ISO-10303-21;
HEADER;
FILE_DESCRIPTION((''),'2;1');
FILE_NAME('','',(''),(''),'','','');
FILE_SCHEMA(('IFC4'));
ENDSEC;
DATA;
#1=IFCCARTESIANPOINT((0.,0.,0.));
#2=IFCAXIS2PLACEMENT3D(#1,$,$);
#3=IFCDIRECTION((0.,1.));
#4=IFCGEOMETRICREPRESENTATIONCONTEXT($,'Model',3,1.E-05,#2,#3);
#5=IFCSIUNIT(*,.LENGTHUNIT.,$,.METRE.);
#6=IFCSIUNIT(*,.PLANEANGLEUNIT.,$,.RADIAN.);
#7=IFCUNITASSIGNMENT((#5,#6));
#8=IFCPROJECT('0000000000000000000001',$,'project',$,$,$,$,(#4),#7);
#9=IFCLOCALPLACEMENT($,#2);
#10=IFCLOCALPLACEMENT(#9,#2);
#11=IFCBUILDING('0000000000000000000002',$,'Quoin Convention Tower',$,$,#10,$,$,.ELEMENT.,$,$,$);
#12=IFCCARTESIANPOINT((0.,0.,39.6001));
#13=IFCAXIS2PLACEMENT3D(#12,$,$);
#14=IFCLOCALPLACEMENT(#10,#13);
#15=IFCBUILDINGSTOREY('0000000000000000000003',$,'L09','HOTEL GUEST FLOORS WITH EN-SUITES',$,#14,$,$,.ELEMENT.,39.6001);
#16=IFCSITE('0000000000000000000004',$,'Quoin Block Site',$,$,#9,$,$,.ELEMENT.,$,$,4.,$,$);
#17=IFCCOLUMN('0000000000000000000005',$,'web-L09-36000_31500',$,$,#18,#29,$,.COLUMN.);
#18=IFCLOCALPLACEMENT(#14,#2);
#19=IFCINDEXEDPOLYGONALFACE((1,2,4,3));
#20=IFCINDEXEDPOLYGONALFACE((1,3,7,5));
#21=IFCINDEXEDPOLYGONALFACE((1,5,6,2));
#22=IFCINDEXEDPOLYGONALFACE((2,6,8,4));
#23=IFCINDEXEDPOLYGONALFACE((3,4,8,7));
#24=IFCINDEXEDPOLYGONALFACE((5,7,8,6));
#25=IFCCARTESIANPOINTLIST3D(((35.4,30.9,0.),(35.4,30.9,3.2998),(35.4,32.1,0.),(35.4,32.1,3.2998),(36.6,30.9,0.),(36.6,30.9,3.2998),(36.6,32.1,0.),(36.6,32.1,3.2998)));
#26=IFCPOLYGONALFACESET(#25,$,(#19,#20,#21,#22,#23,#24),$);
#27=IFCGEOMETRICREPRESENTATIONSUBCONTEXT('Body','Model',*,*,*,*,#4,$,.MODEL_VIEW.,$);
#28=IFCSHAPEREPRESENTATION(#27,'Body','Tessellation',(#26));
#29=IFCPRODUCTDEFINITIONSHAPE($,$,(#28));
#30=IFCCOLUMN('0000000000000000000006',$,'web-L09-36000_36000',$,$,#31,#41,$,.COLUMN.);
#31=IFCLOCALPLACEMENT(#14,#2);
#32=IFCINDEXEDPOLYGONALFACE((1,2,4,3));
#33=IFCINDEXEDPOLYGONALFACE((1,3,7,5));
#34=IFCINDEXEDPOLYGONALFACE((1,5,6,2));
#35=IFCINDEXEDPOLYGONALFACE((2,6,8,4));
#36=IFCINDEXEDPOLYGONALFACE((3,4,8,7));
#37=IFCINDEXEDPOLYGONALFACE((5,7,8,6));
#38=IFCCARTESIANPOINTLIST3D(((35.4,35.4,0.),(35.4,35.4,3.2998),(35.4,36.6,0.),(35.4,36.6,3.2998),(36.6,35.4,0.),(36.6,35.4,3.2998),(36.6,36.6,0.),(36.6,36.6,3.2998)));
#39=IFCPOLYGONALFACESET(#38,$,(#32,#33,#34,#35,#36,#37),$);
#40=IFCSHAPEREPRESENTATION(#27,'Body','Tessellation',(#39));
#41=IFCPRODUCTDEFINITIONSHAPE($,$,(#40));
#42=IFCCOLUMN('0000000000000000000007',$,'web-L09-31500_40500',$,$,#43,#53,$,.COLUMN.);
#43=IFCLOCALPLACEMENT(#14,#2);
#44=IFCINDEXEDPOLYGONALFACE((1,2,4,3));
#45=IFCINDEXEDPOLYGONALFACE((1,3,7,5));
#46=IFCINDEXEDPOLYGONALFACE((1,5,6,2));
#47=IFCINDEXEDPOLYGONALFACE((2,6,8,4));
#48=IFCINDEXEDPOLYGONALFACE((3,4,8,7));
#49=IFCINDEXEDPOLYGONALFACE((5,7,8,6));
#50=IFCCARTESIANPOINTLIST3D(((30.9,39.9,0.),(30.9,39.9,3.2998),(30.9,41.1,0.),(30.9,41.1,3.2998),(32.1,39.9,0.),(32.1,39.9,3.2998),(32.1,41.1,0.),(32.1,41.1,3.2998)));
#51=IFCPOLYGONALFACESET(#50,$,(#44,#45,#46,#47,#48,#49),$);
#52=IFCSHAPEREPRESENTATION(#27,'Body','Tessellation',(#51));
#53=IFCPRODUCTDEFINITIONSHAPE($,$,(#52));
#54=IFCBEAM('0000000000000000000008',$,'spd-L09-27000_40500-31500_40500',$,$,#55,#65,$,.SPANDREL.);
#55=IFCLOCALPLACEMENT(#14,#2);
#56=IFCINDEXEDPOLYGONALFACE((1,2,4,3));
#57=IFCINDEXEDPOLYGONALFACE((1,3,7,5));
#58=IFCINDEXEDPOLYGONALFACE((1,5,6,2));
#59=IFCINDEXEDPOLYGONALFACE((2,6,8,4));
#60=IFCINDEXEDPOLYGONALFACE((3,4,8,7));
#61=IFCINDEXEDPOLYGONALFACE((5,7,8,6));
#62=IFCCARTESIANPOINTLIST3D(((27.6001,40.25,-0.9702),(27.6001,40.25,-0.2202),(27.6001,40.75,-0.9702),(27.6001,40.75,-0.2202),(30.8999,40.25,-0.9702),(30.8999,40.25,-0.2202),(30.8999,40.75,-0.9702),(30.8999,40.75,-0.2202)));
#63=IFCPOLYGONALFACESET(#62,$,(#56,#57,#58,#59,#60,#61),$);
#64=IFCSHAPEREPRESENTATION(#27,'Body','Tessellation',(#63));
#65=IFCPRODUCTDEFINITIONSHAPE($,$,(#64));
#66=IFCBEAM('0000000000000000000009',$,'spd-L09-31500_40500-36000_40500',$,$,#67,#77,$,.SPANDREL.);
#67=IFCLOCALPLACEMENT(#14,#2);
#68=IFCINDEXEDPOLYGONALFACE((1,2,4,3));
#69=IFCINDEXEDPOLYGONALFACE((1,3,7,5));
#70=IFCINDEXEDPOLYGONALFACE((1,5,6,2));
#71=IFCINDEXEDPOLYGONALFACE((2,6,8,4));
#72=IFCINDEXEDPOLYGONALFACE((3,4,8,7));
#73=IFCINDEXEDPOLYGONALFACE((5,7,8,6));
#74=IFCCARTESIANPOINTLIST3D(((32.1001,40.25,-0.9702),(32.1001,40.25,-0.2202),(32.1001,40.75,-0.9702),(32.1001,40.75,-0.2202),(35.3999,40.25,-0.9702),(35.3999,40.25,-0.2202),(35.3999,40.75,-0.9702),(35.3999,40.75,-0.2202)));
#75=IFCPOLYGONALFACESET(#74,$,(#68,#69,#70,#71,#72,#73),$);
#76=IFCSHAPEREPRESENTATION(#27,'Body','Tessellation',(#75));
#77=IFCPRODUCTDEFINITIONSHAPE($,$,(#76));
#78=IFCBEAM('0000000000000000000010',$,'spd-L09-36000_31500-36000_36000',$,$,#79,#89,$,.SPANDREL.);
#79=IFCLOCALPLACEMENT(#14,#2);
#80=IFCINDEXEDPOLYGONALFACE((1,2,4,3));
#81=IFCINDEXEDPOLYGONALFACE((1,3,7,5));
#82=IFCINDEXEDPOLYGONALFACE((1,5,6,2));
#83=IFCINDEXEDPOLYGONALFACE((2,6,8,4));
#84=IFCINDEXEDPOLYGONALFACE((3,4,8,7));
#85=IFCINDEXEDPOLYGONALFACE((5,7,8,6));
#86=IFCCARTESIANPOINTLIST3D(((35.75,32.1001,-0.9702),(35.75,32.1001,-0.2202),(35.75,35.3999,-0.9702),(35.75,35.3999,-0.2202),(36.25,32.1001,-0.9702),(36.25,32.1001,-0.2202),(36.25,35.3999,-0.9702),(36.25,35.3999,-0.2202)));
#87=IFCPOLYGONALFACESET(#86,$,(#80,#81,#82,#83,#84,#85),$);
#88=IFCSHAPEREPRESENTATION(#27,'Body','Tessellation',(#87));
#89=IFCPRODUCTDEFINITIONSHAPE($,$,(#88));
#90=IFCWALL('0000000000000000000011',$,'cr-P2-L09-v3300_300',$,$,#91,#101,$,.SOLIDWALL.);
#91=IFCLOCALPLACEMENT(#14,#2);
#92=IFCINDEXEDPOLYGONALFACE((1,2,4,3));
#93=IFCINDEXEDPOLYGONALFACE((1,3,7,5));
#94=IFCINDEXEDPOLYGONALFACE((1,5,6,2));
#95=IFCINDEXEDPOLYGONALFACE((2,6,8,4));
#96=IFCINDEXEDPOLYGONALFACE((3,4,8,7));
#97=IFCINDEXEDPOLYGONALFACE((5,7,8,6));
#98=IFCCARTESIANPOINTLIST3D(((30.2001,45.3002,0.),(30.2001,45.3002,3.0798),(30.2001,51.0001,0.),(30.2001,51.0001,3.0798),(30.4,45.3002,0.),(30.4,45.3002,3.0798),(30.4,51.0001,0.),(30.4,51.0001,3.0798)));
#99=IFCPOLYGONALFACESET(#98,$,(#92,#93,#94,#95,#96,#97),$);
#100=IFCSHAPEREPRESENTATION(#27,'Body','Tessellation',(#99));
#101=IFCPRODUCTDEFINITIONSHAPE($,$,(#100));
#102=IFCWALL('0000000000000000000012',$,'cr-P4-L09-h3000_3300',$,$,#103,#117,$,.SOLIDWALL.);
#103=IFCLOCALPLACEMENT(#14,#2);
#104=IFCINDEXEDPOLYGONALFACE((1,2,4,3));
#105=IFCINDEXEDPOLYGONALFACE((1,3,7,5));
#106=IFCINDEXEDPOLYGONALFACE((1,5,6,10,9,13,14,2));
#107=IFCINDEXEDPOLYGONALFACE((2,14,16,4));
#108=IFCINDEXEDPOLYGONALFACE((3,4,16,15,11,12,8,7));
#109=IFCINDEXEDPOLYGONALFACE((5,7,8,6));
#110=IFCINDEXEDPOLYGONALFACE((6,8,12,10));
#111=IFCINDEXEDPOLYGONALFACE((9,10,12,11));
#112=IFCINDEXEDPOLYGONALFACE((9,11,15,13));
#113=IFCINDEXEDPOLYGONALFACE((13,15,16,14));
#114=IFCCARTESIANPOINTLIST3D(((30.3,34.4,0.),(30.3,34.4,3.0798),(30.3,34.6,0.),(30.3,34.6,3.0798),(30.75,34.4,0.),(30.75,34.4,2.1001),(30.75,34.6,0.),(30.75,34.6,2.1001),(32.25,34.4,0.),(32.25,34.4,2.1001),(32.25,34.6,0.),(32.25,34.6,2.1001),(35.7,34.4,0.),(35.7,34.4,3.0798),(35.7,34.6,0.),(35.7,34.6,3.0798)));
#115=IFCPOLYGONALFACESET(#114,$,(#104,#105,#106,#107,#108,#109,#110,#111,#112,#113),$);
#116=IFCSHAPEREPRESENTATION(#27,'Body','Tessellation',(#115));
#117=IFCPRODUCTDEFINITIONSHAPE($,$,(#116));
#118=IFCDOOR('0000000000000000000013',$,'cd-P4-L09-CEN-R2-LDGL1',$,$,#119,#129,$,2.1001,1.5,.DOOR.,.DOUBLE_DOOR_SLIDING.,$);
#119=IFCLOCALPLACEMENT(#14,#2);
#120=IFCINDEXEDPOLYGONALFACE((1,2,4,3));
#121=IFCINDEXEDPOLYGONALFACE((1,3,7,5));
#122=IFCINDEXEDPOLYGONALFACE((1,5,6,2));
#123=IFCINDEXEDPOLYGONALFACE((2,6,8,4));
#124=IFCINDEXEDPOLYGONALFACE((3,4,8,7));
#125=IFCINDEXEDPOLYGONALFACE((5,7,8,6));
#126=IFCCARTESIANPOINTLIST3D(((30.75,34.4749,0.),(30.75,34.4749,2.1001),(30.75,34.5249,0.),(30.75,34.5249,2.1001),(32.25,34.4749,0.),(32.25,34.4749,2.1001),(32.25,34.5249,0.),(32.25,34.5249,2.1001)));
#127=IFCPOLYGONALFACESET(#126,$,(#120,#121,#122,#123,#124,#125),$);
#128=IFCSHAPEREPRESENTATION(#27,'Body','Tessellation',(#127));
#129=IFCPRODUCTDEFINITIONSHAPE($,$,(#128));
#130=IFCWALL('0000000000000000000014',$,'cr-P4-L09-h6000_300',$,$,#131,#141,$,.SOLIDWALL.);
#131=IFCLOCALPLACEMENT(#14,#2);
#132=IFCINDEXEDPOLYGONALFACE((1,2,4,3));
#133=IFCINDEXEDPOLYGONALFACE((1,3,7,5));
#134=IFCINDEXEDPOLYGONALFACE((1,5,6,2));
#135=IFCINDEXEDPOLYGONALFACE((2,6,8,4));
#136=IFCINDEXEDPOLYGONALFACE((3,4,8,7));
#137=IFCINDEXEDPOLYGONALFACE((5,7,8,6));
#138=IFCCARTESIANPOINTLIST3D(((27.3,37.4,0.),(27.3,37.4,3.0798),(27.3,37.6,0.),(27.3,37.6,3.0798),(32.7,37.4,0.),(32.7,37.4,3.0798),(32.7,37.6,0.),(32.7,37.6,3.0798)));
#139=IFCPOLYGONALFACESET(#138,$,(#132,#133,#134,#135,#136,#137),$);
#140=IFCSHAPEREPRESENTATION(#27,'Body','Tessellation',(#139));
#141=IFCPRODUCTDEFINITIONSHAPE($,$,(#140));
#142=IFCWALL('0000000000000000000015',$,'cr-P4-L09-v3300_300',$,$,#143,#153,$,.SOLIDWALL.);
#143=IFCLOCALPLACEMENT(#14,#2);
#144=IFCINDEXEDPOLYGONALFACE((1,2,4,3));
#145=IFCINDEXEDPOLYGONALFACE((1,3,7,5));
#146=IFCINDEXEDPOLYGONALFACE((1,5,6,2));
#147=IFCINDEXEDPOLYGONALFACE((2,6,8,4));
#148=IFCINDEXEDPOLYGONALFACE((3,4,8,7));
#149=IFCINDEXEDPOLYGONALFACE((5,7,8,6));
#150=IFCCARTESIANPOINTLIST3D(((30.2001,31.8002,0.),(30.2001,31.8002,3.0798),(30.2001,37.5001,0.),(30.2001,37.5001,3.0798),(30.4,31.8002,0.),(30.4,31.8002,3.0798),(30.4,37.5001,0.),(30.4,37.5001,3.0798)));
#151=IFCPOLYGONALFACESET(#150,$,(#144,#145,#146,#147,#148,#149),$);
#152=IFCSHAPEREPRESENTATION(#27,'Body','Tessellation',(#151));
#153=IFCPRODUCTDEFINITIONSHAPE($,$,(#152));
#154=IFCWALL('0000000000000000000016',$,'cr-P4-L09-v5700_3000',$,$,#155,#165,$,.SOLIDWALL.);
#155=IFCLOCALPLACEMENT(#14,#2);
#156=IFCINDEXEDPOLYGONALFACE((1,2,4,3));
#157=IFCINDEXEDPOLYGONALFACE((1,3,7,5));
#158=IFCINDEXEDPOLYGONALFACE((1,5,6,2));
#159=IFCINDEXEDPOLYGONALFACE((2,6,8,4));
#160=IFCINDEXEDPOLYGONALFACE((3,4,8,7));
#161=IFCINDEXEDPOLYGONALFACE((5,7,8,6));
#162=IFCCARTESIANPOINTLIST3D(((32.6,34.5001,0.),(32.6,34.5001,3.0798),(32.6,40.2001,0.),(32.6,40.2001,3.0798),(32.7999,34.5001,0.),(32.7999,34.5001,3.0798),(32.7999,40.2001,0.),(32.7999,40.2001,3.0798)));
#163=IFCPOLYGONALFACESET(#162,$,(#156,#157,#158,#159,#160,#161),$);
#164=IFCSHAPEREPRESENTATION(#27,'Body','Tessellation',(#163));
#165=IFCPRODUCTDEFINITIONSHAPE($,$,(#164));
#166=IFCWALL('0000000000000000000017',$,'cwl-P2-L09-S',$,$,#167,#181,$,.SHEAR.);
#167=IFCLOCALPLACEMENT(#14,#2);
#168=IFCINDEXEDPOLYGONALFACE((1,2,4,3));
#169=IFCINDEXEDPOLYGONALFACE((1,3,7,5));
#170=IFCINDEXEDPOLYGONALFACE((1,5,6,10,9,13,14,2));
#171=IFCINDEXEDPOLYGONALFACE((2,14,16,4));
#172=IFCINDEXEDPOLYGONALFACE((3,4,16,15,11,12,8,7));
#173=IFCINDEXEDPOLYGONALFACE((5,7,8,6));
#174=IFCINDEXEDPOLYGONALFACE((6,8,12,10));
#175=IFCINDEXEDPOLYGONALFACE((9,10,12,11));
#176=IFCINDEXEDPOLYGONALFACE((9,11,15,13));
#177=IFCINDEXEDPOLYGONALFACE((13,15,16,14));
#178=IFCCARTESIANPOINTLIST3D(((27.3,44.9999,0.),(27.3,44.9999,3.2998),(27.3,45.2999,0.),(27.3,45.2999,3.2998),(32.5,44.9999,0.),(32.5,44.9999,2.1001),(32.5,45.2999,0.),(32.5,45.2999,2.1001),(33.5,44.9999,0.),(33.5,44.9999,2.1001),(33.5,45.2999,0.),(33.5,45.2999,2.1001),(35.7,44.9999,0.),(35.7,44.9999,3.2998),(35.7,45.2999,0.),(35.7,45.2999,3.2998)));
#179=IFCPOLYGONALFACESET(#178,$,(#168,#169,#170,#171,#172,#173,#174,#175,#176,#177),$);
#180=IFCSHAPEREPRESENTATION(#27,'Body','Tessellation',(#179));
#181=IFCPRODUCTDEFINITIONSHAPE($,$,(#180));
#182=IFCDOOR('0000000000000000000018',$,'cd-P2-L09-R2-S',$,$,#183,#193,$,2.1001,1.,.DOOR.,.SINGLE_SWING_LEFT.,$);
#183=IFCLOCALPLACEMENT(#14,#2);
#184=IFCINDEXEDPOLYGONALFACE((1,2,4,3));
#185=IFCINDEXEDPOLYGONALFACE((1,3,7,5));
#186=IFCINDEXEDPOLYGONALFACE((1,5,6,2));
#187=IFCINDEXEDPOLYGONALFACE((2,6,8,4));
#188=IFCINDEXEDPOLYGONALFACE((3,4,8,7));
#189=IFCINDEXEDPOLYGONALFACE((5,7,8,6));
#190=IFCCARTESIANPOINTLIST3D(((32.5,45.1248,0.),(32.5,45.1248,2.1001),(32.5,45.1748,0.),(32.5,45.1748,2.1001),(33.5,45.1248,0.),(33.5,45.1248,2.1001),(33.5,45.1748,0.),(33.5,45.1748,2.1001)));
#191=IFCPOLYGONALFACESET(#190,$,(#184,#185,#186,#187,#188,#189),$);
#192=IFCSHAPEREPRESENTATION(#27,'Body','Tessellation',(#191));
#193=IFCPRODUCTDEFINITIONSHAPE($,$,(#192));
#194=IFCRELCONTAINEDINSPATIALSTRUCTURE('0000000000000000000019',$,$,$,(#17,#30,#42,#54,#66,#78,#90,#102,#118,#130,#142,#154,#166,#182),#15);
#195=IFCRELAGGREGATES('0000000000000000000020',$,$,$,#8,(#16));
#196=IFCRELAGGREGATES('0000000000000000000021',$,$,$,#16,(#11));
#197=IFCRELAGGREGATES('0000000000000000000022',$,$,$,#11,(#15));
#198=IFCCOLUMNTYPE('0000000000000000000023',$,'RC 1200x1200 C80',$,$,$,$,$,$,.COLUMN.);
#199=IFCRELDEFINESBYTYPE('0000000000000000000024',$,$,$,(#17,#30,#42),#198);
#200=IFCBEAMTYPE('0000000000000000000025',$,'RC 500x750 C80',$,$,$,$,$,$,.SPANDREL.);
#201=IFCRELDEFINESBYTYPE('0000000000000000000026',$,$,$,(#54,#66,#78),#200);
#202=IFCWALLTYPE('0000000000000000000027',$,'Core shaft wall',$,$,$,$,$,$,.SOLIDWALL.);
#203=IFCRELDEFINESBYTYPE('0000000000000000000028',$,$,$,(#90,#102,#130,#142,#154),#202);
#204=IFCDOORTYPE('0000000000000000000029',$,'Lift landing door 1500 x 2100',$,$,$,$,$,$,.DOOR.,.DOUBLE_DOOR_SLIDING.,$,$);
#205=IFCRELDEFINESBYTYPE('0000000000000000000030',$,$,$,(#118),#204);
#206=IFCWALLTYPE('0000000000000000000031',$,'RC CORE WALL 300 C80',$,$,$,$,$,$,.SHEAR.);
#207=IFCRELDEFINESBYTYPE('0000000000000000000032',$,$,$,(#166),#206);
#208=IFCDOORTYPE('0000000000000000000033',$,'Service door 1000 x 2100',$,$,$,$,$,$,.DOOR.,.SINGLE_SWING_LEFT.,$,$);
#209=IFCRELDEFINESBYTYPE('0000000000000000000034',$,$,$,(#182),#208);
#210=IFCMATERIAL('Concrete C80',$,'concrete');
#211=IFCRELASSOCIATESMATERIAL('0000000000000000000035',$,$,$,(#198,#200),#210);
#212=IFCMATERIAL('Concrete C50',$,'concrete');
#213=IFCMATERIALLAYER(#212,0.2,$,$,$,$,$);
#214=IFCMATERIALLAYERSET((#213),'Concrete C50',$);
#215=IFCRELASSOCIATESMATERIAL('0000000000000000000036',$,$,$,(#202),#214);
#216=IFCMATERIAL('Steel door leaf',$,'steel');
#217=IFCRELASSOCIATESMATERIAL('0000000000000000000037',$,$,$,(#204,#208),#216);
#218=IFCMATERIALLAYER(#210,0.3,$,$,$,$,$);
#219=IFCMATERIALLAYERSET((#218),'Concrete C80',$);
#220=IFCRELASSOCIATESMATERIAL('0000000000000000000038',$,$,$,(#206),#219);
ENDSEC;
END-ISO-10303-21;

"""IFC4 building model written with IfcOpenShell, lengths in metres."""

from ifc_helpers import new_model, si_unit, direction, frame, frame_2d, origin, origin_2d, place, context, subcontext, project, spatial, rectangle, extrude, material, layer, layer_set, material_profile, profile_set, type_object, element, fill, save


model = new_model("IFC4")

# Units and contexts
model_context = context("Model", 3, precision=1e-05, world=origin(), true_north=direction((0.0, 1.0)))
body_context = subcontext(model_context, "Body", "Model", "MODEL_VIEW")
ifc_project = project(units=[si_unit("LENGTHUNIT", "METRE"), si_unit("PLANEANGLEUNIT", "RADIAN")], contexts=[model_context])

# Site, building, storey
site_placement = place(None, origin())
site = spatial("IfcSite", under=ifc_project, at=site_placement, Name="Quoin Block Site", CompositionType="ELEMENT", RefElevation=4.0)
building_placement = place(site_placement, origin())
building = spatial("IfcBuilding", under=site, at=building_placement, Name="Quoin Convention Tower", CompositionType="ELEMENT")
storey_placement = place(building_placement, frame((0.0, 0.0, 39.6001)))
storey = spatial("IfcBuildingStorey", under=building, at=storey_placement, Name="L09", Description="HOTEL GUEST FLOORS WITH EN-SUITES", CompositionType="ELEMENT", Elevation=39.6001)

# Columns
ifc_material_1 = material(Name="Concrete C80", Category="concrete")
ifc_material_profile_1 = material_profile(ifc_material_1, rectangle(XDim=1.2, YDim=1.2, at=origin_2d()), Name="RC 1200x1200")
ifc_profile_set_1 = profile_set([ifc_material_profile_1], Name="Concrete C80")
column_type = type_object("IfcColumnType", Name="RC 1200x1200 C80", PredefinedType="COLUMN", material=ifc_profile_set_1)
for number, where, z_axis, x_axis, name in (
    (1, (36.0, 31.5, 0.0), (0.0, 0.0, 1.0), (1.0, 0.0, 0.0), "web-L09-36000_31500"),
    (2, (36.0, 36.0, 0.0), (0.0, 0.0, 1.0), (1.0, 0.0, 0.0), "web-L09-36000_36000"),
    (3, (31.5, 40.5, 0.0), (0.0, 0.0, 1.0), (1.0, 0.0, 0.0), "web-L09-31500_40500"),
):
    element("IfcColumn", number, at=place(storey_placement, frame(where, z_axis=z_axis, x_axis=x_axis)), inside=storey, type_object=column_type, Name=name, PredefinedType="COLUMN", context=body_context, shape_type="SweptSolid", body=[
        extrude(rectangle(XDim=1.2, YDim=1.2, at=origin_2d()), origin(), (0.0, 0.0, 1.0), 3.2998),
    ])

# Beams
ifc_material_profile_2 = material_profile(ifc_material_1, rectangle(XDim=0.5, YDim=0.75, at=origin_2d()), Name="RC 500x750")
ifc_profile_set_2 = profile_set([ifc_material_profile_2], Name="Concrete C80")
beam_type = type_object("IfcBeamType", Name="RC 500x750 C80", PredefinedType="SPANDREL", material=ifc_profile_set_2)
for number, where, z_axis, x_axis, name in (
    (4, (27.6001, 40.5, -0.5952), (1.0, 0.0, 0.0), (0.0, 1.0, 0.0), "spd-L09-27000_40500-31500_40500"),
    (5, (32.1001, 40.5, -0.5952), (1.0, 0.0, 0.0), (0.0, 1.0, 0.0), "spd-L09-31500_40500-36000_40500"),
    (6, (36.0, 32.1001, -0.5952), (0.0, 1.0, 0.0), (-1.0, 0.0, 0.0), "spd-L09-36000_31500-36000_36000"),
):
    element("IfcBeam", number, at=place(storey_placement, frame(where, z_axis=z_axis, x_axis=x_axis)), inside=storey, type_object=beam_type, Name=name, PredefinedType="SPANDREL", context=body_context, shape_type="SweptSolid", body=[
        extrude(rectangle(XDim=0.5, YDim=0.75, at=origin_2d()), origin(), (0.0, 0.0, 1.0), 3.2998),
    ])

# Wall
ifc_material_2 = material(Name="Concrete C50", Category="concrete")
ifc_layer_1 = layer(ifc_material_2, 0.2)
ifc_layer_set_1 = layer_set([ifc_layer_1], Name="Concrete C50")
wall_type_1 = type_object("IfcWallType", Name="Core shaft wall", PredefinedType="SOLIDWALL", material=ifc_layer_set_1)
wall_1_placement = place(storey_placement, frame((30.3, 45.3, 0.0), z_axis=(0.0, 0.0, 1.0), x_axis=(0.0, 1.0, 0.0)))
element("IfcWall", 7, at=wall_1_placement, inside=storey, type_object=wall_type_1, Name="cr-P2-L09-v3300_300", PredefinedType="SOLIDWALL", context=body_context, shape_type="SweptSolid", body=[
    extrude(rectangle(XDim=5.7, YDim=0.2, at=frame_2d((2.8501, 0.0))), origin(), (0.0, 0.0, 1.0), 3.0798),
])

# Wall, opening, door
wall_2_placement = place(storey_placement, frame((30.3, 34.5, 0.0), z_axis=(0.0, 0.0, 1.0), x_axis=(1.0, 0.0, 0.0)))
wall_2 = element("IfcWall", 8, at=wall_2_placement, inside=storey, type_object=wall_type_1, Name="cr-P4-L09-h3000_3300", PredefinedType="SOLIDWALL", context=body_context, shape_type="SweptSolid", body=[
    extrude(rectangle(XDim=5.3999, YDim=0.2, at=frame_2d((2.7, 0.0))), origin(), (0.0, 0.0, 1.0), 3.0798),
])
opening_1_placement = place(wall_2_placement, frame((0.45, 0.0, 0.0)))
opening_1 = element("IfcOpeningElement", 9, at=opening_1_placement, cuts=wall_2, PredefinedType="OPENING", context=body_context, shape_type="SweptSolid", body=[
    extrude(rectangle(XDim=1.5, YDim=2.1001, at=frame_2d((0.75, 1.05))), frame((0.0, 0.1099, 0.0), z_axis=(0.0, -1.0, 0.0), x_axis=(1.0, 0.0, 0.0)), (0.0, 0.0, 1.0), 0.22),
])
ifc_material_3 = material(Name="Steel door leaf", Category="steel")
door_type_1 = type_object("IfcDoorType", Name="Lift landing door 1500 x 2100", OperationType="DOUBLE_DOOR_SLIDING", PredefinedType="DOOR", material=ifc_material_3)
door_1_placement = place(opening_1_placement, origin())
door_1 = element("IfcDoor", 10, at=door_1_placement, inside=storey, type_object=door_type_1, Name="cd-P4-L09-CEN-R2-LDGL1", OperationType="DOUBLE_DOOR_SLIDING", OverallHeight=2.1001, OverallWidth=1.5, PredefinedType="DOOR", context=body_context, shape_type="SweptSolid", body=[
    extrude(rectangle(XDim=1.5, YDim=2.1001, at=frame_2d((0.75, 1.05))), frame((0.0, 0.0249, 0.0), z_axis=(0.0, -1.0, 0.0), x_axis=(1.0, 0.0, 0.0)), (0.0, 0.0, 1.0), 0.05),
])
fill(opening_1, door_1)

# Walls
wall_3_placement = place(storey_placement, frame((27.3, 37.5, 0.0), z_axis=(0.0, 0.0, 1.0), x_axis=(1.0, 0.0, 0.0)))
element("IfcWall", 11, at=wall_3_placement, inside=storey, type_object=wall_type_1, Name="cr-P4-L09-h6000_300", PredefinedType="SOLIDWALL", context=body_context, shape_type="SweptSolid", body=[
    extrude(rectangle(XDim=5.3999, YDim=0.2, at=frame_2d((2.7, 0.0))), origin(), (0.0, 0.0, 1.0), 3.0798),
])
for number, where, z_axis, x_axis, name in (
    (12, (30.3, 31.8, 0.0), (0.0, 0.0, 1.0), (0.0, 1.0, 0.0), "cr-P4-L09-v3300_300"),
    (13, (32.7, 34.5, 0.0), (0.0, 0.0, 1.0), (0.0, 1.0, 0.0), "cr-P4-L09-v5700_3000"),
):
    element("IfcWall", number, at=place(storey_placement, frame(where, z_axis=z_axis, x_axis=x_axis)), inside=storey, type_object=wall_type_1, Name=name, PredefinedType="SOLIDWALL", context=body_context, shape_type="SweptSolid", body=[
        extrude(rectangle(XDim=5.7, YDim=0.2, at=frame_2d((2.8501, 0.0))), origin(), (0.0, 0.0, 1.0), 3.0798),
    ])

# Wall, opening, door
ifc_layer_2 = layer(ifc_material_1, 0.3)
ifc_layer_set_2 = layer_set([ifc_layer_2], Name="Concrete C80")
wall_type_2 = type_object("IfcWallType", Name="RC CORE WALL 300 C80", PredefinedType="SHEAR", material=ifc_layer_set_2)
wall_4_placement = place(storey_placement, frame((27.3, 45.1499, 0.0), z_axis=(0.0, 0.0, 1.0), x_axis=(1.0, 0.0, 0.0)))
wall_4 = element("IfcWall", 14, at=wall_4_placement, inside=storey, type_object=wall_type_2, Name="cwl-P2-L09-S", PredefinedType="SHEAR", context=body_context, shape_type="SweptSolid", body=[
    extrude(rectangle(XDim=8.3999, YDim=0.3, at=frame_2d((4.2, 0.0))), origin(), (0.0, 0.0, 1.0), 3.2998),
])
opening_2_placement = place(wall_4_placement, frame((5.2, 0.0, 0.0)))
opening_2 = element("IfcOpeningElement", 15, at=opening_2_placement, cuts=wall_4, PredefinedType="OPENING", context=body_context, shape_type="SweptSolid", body=[
    extrude(rectangle(XDim=1.0, YDim=2.1001, at=frame_2d((0.5, 1.05))), frame((0.0, 0.1599, 0.0), z_axis=(0.0, -1.0, 0.0), x_axis=(1.0, 0.0, 0.0)), (0.0, 0.0, 1.0), 0.3201),
])
door_type_2 = type_object("IfcDoorType", Name="Service door 1000 x 2100", OperationType="SINGLE_SWING_LEFT", PredefinedType="DOOR", material=ifc_material_3)
door_2_placement = place(opening_2_placement, origin())
door_2 = element("IfcDoor", 16, at=door_2_placement, inside=storey, type_object=door_type_2, Name="cd-P2-L09-R2-S", OperationType="SINGLE_SWING_LEFT", OverallHeight=2.1001, OverallWidth=1.0, PredefinedType="DOOR", context=body_context, shape_type="SweptSolid", body=[
    extrude(rectangle(XDim=1.0, YDim=2.1001, at=frame_2d((0.5, 1.05))), frame((0.0, 0.0249, 0.0), z_axis=(0.0, -1.0, 0.0), x_axis=(1.0, 0.0, 0.0)), (0.0, 0.0, 1.0), 0.05),
])
fill(opening_2, door_2)

save(model, "model.ifc")
